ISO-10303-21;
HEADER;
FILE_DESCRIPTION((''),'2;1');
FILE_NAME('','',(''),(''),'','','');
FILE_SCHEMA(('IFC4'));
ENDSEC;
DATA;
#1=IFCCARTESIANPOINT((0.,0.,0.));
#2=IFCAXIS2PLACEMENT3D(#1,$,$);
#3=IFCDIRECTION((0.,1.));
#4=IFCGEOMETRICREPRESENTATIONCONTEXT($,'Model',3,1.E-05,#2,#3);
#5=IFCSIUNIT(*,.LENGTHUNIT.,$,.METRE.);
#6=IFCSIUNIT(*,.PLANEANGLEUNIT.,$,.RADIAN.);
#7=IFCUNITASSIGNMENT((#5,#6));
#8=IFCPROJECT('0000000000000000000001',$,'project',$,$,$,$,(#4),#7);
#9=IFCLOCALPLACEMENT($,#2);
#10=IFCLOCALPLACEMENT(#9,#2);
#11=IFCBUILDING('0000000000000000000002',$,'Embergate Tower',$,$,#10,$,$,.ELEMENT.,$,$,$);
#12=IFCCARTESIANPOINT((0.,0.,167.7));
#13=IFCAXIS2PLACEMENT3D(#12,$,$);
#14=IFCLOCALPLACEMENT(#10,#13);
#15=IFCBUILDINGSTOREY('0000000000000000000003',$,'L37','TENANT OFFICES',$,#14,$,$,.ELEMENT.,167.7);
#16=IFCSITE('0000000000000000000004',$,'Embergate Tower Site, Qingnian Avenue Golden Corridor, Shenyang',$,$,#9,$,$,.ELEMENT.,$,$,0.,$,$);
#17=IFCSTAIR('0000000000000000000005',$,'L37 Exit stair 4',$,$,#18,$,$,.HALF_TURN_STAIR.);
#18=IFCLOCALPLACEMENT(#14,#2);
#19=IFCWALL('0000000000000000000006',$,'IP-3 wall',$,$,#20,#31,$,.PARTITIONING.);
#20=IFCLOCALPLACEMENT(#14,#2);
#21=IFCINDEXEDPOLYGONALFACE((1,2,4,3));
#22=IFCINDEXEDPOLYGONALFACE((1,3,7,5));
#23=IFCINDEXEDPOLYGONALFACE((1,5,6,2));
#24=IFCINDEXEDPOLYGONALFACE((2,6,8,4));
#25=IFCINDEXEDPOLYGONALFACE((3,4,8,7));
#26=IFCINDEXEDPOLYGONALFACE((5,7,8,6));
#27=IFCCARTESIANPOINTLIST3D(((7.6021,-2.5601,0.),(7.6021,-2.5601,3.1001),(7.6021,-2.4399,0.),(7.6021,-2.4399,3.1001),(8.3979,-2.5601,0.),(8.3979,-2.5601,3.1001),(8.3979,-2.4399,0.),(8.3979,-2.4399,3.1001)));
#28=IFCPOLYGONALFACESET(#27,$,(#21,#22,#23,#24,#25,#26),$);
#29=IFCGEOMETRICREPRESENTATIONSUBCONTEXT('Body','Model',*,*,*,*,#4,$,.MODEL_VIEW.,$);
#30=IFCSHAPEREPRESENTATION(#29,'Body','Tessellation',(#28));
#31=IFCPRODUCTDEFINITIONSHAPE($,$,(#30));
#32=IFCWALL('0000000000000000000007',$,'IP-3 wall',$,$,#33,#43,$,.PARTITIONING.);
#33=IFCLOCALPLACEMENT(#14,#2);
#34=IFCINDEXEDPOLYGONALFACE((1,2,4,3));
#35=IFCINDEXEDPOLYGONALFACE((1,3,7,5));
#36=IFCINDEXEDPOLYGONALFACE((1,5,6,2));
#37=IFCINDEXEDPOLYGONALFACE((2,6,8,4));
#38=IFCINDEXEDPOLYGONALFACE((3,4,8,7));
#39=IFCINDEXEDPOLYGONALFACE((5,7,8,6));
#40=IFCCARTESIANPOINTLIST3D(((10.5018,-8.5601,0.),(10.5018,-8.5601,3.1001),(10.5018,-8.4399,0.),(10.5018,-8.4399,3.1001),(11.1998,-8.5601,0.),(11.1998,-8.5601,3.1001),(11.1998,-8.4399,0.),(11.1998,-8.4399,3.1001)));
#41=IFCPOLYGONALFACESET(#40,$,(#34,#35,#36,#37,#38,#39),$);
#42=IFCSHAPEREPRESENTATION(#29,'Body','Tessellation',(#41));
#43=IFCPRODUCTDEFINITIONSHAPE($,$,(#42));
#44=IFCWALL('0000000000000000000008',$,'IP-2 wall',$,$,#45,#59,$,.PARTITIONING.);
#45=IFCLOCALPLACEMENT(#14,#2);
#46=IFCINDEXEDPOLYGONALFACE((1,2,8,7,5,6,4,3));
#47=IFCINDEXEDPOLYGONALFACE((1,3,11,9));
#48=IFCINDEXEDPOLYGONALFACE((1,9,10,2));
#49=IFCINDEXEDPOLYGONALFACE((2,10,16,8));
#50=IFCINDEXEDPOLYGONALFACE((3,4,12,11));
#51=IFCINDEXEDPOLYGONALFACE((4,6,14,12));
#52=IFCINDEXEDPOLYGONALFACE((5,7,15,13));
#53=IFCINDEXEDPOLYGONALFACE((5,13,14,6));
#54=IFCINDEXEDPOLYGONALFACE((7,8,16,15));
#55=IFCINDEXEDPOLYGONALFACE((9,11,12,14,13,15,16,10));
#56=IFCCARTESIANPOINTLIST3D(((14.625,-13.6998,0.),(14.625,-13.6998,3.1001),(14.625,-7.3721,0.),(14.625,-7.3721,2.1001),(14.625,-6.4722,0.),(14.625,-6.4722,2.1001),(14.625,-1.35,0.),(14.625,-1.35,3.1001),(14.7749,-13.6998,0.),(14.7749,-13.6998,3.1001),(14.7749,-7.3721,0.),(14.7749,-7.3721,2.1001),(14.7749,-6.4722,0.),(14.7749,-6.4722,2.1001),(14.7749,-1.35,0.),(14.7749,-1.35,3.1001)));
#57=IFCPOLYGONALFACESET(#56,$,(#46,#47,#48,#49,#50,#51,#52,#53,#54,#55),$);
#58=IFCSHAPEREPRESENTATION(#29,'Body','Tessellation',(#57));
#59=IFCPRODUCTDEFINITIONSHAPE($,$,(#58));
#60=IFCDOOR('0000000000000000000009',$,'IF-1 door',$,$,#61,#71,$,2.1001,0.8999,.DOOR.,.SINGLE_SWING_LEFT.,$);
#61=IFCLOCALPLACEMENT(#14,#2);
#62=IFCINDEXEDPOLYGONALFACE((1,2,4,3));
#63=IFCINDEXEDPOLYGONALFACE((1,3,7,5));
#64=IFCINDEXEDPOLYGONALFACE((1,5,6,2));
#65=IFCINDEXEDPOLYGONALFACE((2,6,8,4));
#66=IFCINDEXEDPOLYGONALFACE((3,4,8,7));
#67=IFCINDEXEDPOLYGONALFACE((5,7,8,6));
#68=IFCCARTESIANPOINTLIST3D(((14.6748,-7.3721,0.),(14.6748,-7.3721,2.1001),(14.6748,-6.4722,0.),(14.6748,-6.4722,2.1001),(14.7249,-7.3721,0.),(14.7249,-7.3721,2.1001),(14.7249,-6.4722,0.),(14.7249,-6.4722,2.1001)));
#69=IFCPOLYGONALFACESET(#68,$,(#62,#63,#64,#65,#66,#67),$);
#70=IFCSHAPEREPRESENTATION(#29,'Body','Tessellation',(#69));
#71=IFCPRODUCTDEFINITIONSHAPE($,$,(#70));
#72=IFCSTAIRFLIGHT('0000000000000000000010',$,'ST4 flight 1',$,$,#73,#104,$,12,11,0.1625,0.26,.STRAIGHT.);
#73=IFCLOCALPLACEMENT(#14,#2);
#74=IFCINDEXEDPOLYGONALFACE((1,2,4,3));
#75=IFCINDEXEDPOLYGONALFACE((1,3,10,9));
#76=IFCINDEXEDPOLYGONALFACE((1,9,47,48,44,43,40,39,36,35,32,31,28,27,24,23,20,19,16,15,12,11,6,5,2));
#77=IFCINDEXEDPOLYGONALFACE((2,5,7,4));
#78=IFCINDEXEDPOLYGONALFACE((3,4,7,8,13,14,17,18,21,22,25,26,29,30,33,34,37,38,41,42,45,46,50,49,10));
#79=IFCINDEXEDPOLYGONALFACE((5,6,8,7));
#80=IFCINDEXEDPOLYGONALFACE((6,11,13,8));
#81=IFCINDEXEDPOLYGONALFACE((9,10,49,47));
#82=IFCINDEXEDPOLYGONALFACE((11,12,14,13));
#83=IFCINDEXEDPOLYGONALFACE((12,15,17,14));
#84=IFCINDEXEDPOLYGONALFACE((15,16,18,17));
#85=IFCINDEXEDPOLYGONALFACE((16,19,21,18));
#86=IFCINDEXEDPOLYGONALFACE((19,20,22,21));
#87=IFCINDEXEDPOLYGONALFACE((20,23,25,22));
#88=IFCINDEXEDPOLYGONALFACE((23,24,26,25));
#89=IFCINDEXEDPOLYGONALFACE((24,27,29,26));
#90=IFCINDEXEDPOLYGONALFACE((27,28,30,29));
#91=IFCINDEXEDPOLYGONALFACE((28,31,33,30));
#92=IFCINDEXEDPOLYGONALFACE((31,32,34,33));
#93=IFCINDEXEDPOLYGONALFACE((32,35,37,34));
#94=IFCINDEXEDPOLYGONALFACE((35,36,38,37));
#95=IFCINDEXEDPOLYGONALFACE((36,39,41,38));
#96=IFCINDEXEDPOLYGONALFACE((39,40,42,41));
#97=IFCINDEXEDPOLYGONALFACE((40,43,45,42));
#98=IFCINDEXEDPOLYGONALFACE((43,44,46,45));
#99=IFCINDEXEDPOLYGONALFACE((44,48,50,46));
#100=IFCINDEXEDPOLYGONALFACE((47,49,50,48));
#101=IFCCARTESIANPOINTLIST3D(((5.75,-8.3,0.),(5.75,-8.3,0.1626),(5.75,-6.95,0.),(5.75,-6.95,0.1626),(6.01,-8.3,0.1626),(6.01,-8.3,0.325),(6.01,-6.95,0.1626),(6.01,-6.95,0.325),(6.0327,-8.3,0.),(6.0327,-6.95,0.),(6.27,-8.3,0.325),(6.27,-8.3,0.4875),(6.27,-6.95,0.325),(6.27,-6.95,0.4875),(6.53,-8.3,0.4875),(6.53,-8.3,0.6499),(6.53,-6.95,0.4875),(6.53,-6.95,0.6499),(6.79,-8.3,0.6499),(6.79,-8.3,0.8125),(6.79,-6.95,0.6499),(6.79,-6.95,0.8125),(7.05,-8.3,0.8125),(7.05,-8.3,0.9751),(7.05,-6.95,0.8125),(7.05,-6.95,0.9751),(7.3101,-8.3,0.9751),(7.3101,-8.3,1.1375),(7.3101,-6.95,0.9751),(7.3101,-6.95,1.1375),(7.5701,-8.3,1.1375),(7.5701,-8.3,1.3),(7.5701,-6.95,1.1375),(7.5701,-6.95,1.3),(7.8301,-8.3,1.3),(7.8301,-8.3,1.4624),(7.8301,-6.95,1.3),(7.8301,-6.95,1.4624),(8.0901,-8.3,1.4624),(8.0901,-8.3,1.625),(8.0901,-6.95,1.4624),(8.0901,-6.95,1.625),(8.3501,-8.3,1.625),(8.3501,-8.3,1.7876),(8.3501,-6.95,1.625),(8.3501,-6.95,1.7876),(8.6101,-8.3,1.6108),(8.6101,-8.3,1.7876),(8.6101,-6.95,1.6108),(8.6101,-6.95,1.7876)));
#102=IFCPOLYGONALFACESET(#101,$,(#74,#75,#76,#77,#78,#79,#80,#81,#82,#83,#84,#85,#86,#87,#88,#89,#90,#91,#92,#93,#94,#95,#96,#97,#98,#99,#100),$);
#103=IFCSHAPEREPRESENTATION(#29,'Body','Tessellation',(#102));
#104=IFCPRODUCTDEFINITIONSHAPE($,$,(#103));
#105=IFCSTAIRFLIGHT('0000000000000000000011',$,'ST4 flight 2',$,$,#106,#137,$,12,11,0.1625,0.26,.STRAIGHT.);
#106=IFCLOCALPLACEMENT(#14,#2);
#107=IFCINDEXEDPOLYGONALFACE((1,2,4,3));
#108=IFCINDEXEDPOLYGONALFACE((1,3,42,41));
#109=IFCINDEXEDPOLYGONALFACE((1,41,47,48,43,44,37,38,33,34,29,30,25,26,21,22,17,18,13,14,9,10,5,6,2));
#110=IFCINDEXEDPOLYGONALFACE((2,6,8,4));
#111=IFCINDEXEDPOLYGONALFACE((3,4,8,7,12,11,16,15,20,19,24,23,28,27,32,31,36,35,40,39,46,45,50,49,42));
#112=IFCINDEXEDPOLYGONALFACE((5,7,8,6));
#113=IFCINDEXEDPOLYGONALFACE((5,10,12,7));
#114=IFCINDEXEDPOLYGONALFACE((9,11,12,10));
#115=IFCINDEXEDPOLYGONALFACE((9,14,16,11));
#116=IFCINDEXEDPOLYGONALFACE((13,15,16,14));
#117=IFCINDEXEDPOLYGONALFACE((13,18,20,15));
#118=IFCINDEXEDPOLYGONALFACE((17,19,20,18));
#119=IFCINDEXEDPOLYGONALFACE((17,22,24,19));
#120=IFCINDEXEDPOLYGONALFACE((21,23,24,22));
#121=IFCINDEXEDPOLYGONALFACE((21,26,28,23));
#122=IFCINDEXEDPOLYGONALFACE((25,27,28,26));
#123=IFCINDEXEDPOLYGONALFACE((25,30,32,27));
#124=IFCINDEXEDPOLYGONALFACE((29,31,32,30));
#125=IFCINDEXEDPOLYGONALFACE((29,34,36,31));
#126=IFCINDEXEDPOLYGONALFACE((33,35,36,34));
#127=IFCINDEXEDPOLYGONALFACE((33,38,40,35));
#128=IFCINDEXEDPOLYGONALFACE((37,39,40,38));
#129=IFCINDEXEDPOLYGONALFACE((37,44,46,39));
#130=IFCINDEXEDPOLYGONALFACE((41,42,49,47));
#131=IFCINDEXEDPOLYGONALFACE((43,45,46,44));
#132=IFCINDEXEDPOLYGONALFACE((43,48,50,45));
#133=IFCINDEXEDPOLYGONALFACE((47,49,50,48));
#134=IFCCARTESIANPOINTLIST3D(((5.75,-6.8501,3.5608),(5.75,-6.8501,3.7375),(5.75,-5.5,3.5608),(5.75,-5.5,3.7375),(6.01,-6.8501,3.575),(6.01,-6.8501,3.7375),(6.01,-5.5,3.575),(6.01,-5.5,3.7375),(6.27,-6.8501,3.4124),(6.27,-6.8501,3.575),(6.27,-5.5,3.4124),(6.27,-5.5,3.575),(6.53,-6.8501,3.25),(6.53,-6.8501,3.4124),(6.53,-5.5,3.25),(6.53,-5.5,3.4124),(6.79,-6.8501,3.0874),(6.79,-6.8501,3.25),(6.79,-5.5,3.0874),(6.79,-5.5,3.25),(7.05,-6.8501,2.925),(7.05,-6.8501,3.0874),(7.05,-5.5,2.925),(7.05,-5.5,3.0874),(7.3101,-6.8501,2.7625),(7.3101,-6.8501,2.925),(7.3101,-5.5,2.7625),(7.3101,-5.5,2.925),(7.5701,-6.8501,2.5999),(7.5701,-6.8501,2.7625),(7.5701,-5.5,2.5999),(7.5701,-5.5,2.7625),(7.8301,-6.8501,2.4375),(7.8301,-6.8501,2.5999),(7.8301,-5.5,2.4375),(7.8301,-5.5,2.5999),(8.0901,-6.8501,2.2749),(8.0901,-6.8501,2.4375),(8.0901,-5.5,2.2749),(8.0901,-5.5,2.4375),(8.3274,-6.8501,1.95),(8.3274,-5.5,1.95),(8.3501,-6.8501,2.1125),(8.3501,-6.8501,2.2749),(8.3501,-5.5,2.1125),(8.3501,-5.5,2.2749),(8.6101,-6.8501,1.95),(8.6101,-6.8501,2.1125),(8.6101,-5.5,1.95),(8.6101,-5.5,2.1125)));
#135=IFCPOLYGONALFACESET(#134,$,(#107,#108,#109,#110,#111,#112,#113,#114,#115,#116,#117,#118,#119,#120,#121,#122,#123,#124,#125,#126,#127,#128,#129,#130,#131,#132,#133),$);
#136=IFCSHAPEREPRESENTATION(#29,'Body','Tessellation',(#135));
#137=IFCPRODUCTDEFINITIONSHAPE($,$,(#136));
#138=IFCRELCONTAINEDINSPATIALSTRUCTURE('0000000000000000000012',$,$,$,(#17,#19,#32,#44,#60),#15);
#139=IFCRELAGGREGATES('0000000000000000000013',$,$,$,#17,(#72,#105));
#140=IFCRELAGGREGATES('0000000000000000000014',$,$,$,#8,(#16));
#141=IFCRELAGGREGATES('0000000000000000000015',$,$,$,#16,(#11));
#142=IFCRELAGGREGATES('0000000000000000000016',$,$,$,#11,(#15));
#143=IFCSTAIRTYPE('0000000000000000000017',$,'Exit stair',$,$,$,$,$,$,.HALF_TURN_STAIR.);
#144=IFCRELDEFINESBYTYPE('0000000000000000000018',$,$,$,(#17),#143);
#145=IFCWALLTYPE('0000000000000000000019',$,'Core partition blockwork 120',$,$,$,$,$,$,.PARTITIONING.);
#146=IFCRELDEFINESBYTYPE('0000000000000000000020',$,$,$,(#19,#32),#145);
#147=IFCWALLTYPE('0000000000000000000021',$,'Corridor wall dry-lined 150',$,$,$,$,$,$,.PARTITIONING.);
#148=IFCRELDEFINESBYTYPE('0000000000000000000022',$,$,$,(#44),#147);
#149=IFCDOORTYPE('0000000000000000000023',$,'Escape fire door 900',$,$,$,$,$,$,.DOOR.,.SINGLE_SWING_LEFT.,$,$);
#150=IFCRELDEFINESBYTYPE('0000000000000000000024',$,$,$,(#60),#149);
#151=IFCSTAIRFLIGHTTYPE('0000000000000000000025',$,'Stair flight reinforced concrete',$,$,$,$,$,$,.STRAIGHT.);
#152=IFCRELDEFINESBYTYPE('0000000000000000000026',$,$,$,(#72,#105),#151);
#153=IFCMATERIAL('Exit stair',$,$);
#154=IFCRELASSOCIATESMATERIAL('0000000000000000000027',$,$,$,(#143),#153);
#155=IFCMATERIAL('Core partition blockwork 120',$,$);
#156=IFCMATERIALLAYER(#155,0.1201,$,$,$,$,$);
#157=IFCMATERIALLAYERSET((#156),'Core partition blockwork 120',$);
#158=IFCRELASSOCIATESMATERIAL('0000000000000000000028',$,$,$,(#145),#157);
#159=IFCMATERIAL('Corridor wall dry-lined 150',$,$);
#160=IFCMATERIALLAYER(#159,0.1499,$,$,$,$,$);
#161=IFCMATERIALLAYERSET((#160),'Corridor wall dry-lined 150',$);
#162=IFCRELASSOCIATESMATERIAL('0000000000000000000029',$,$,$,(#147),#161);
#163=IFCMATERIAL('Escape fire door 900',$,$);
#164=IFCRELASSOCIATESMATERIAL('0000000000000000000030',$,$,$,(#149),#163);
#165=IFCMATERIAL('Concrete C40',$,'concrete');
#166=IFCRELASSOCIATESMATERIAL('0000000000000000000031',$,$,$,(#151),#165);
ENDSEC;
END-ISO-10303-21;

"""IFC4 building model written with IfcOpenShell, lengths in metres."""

from ifc_helpers import new_model, si_unit, direction, frame, frame_2d, origin, place, context, subcontext, project, spatial, polyline, rectangle, outline, extrude, source, transform, mapped, material, layer, layer_set, type_object, element, fill, aggregate, save


model = new_model("IFC4")

# Units and contexts
model_context = context("Model", 3, precision=1e-05, world=origin(), true_north=direction((0.0, 1.0)))
body_context = subcontext(model_context, "Body", "Model", "MODEL_VIEW")
ifc_project = project(units=[si_unit("LENGTHUNIT", "METRE"), si_unit("PLANEANGLEUNIT", "RADIAN")], contexts=[model_context])

# Site, building, storey
site_placement = place(None, origin())
site = spatial("IfcSite", under=ifc_project, at=site_placement, Name="Embergate Tower Site, Qingnian Avenue Golden Corridor, Shenyang", CompositionType="ELEMENT", RefElevation=0.0)
building_placement = place(site_placement, origin())
building = spatial("IfcBuilding", under=site, at=building_placement, Name="Embergate Tower", CompositionType="ELEMENT")
storey_placement = place(building_placement, frame((0.0, 0.0, 167.7)))
storey = spatial("IfcBuildingStorey", under=building, at=storey_placement, Name="L37", Description="TENANT OFFICES", CompositionType="ELEMENT", Elevation=167.7)

# Stair
ifc_material_1 = material(Name="Exit stair")
stair_type = type_object("IfcStairType", Name="Exit stair", PredefinedType="HALF_TURN_STAIR", material=ifc_material_1)
stair_placement = place(storey_placement, origin())
stair = element("IfcStair", 1, at=stair_placement, inside=storey, type_object=stair_type, Name="L37 Exit stair 4", PredefinedType="HALF_TURN_STAIR")
ifc_material_2 = material(Name="Concrete C40", Category="concrete")

# Shared definitions
ifc_material_3 = material(Name="Core partition blockwork 120")
ifc_layer_1 = layer(ifc_material_3, 0.1201)
ifc_layer_set_1 = layer_set([ifc_layer_1], Name="Core partition blockwork 120")
wall_type_1 = type_object("IfcWallType", Name="Core partition blockwork 120", PredefinedType="PARTITIONING", material=ifc_layer_set_1)

# Shared definitions
shared_shape_1 = source(origin(), body_context, "Body", "SweptSolid", [
    extrude(rectangle(XDim=0.8999, YDim=2.1001, at=frame_2d((0.45, 1.05))), frame((0.0, 0.0249, 0.0), z_axis=(0.0, -1.0, 0.0), x_axis=(1.0, 0.0, 0.0)), (0.0, 0.0, 1.0), 0.05),
])

# Walls
shared_shape_2 = source(origin(), body_context, "Body", "SweptSolid", [
    extrude(rectangle(XDim=0.7959, YDim=0.1201, at=frame_2d((0.3979, 0.0))), origin(), (0.0, 0.0, 1.0), 3.1001),
])
wall_1_placement = place(storey_placement, frame((7.6021, -2.5, 0.0), z_axis=(0.0, 0.0, 1.0), x_axis=(1.0, 0.0, 0.0)))
element("IfcWall", 2, at=wall_1_placement, inside=storey, type_object=wall_type_1, Name="IP-3 wall", PredefinedType="PARTITIONING", context=body_context, shape_type="MappedRepresentation", body=[
    mapped(shared_shape_2, transform((0.0, 0.0, 0.0))),
])
shared_shape_3 = source(origin(), body_context, "Body", "SweptSolid", [
    extrude(rectangle(XDim=0.698, YDim=0.1201, at=frame_2d((0.3491, 0.0))), origin(), (0.0, 0.0, 1.0), 3.1001),
])
wall_2_placement = place(storey_placement, frame((11.2, -8.5, 0.0), z_axis=(0.0, 0.0, 1.0), x_axis=(-1.0, 0.0, 0.0)))
element("IfcWall", 3, at=wall_2_placement, inside=storey, type_object=wall_type_1, Name="IP-3 wall", PredefinedType="PARTITIONING", context=body_context, shape_type="MappedRepresentation", body=[
    mapped(shared_shape_3, transform((0.0, 0.0, 0.0))),
])

# Wall, opening, door
ifc_material_4 = material(Name="Corridor wall dry-lined 150")
ifc_layer_2 = layer(ifc_material_4, 0.1499)
ifc_layer_set_2 = layer_set([ifc_layer_2], Name="Corridor wall dry-lined 150")
wall_type_2 = type_object("IfcWallType", Name="Corridor wall dry-lined 150", PredefinedType="PARTITIONING", material=ifc_layer_set_2)
shared_shape_4 = source(origin(), body_context, "Body", "SweptSolid", [
    extrude(rectangle(XDim=12.3499, YDim=0.1499, at=frame_2d((6.1748, 0.0))), origin(), (0.0, 0.0, 1.0), 3.1001),
])
wall_3_placement = place(storey_placement, frame((14.7, -1.3501, 0.0), z_axis=(0.0, 0.0, 1.0), x_axis=(0.0, -1.0, 0.0)))
wall_3 = element("IfcWall", 4, at=wall_3_placement, inside=storey, type_object=wall_type_2, Name="IP-2 wall", PredefinedType="PARTITIONING", context=body_context, shape_type="MappedRepresentation", body=[
    mapped(shared_shape_4, transform((0.0, 0.0, 0.0))),
])
shared_shape_5 = source(origin(), body_context, "Body", "SweptSolid", [
    extrude(rectangle(XDim=0.8999, YDim=2.1001, at=frame_2d((0.45, 1.05))), frame((0.0, 0.085, 0.0), z_axis=(0.0, -1.0, 0.0), x_axis=(1.0, 0.0, 0.0)), (0.0, 0.0, 1.0), 0.1699),
])
opening_1_placement = place(wall_3_placement, frame((5.1221, 0.0, 0.0)))
opening_1 = element("IfcOpeningElement", 5, at=opening_1_placement, cuts=wall_3, PredefinedType="OPENING", context=body_context, shape_type="MappedRepresentation", body=[
    mapped(shared_shape_5, transform((0.0, 0.0, 0.0))),
])
ifc_material_5 = material(Name="Escape fire door 900")
door_type_1 = type_object("IfcDoorType", Name="Escape fire door 900", OperationType="SINGLE_SWING_LEFT", PredefinedType="DOOR", material=ifc_material_5)
door_1_placement = place(opening_1_placement, origin())
door_1 = element("IfcDoor", 6, at=door_1_placement, inside=storey, type_object=door_type_1, Name="IF-1 door", OperationType="SINGLE_SWING_LEFT", OverallHeight=2.1001, OverallWidth=0.8999, PredefinedType="DOOR", context=body_context, shape_type="MappedRepresentation", body=[
    mapped(shared_shape_1, transform((0.0, 0.0, 0.0))),
])
fill(opening_1, door_1)

# Stair flights
stair_flight_type = type_object("IfcStairFlightType", Name="Stair flight reinforced concrete", PredefinedType="STRAIGHT", material=ifc_material_2)
shared_shape_6 = source(origin(), body_context, "Body", "SweptSolid", [
    extrude(outline(polyline([(0.0, 0.0), (0.0, 0.1626), (0.26, 0.1626), (0.26, 0.325), (0.52, 0.325), (0.52, 0.4875), (0.78, 0.4875), (0.78, 0.6499), (1.04, 0.6499), (1.04, 0.8125), (1.3, 0.8125), (1.3, 0.9751), (1.5601, 0.9751), (1.5601, 1.1375), (1.8201, 1.1375), (1.8201, 1.3), (2.0801, 1.3), (2.0801, 1.4624), (2.3401, 1.4624), (2.3401, 1.625), (2.6001, 1.625), (2.6001, 1.7876), (2.8601, 1.7876), (2.8601, 1.95), (2.8601, 1.6108), (0.2827, 0.0), (0.0, 0.0)])), frame((0.0, 0.675, 0.0), z_axis=(0.0, -1.0, 0.0), x_axis=(1.0, 0.0, 0.0)), (0.0, 0.0, 1.0), 1.3501),
])
stair_flight_1_placement = place(storey_placement, frame((5.75, -7.625, 0.0), z_axis=(0.0, 0.0, 1.0), x_axis=(1.0, 0.0, 0.0)))
stair_flight_1 = element("IfcStairFlight", 7, at=stair_flight_1_placement, type_object=stair_flight_type, Name="ST4 flight 1", NumberOfRisers=12, NumberOfTreads=11, PredefinedType="STRAIGHT", RiserHeight=0.1625, TreadLength=0.26, context=body_context, shape_type="MappedRepresentation", body=[
    mapped(shared_shape_6, transform((0.0, 0.0, 0.0))),
])
stair_flight_2_placement = place(storey_placement, frame((8.6101, -6.175, 1.95), z_axis=(0.0, 0.0, 1.0), x_axis=(-1.0, 0.0, 0.0)))
stair_flight_2 = element("IfcStairFlight", 8, at=stair_flight_2_placement, type_object=stair_flight_type, Name="ST4 flight 2", NumberOfRisers=12, NumberOfTreads=11, PredefinedType="STRAIGHT", RiserHeight=0.1625, TreadLength=0.26, context=body_context, shape_type="MappedRepresentation", body=[
    mapped(shared_shape_6, transform((0.0, 0.0, 0.0))),
])
aggregate(stair, [stair_flight_1, stair_flight_2])

save(model, "model.ifc")
